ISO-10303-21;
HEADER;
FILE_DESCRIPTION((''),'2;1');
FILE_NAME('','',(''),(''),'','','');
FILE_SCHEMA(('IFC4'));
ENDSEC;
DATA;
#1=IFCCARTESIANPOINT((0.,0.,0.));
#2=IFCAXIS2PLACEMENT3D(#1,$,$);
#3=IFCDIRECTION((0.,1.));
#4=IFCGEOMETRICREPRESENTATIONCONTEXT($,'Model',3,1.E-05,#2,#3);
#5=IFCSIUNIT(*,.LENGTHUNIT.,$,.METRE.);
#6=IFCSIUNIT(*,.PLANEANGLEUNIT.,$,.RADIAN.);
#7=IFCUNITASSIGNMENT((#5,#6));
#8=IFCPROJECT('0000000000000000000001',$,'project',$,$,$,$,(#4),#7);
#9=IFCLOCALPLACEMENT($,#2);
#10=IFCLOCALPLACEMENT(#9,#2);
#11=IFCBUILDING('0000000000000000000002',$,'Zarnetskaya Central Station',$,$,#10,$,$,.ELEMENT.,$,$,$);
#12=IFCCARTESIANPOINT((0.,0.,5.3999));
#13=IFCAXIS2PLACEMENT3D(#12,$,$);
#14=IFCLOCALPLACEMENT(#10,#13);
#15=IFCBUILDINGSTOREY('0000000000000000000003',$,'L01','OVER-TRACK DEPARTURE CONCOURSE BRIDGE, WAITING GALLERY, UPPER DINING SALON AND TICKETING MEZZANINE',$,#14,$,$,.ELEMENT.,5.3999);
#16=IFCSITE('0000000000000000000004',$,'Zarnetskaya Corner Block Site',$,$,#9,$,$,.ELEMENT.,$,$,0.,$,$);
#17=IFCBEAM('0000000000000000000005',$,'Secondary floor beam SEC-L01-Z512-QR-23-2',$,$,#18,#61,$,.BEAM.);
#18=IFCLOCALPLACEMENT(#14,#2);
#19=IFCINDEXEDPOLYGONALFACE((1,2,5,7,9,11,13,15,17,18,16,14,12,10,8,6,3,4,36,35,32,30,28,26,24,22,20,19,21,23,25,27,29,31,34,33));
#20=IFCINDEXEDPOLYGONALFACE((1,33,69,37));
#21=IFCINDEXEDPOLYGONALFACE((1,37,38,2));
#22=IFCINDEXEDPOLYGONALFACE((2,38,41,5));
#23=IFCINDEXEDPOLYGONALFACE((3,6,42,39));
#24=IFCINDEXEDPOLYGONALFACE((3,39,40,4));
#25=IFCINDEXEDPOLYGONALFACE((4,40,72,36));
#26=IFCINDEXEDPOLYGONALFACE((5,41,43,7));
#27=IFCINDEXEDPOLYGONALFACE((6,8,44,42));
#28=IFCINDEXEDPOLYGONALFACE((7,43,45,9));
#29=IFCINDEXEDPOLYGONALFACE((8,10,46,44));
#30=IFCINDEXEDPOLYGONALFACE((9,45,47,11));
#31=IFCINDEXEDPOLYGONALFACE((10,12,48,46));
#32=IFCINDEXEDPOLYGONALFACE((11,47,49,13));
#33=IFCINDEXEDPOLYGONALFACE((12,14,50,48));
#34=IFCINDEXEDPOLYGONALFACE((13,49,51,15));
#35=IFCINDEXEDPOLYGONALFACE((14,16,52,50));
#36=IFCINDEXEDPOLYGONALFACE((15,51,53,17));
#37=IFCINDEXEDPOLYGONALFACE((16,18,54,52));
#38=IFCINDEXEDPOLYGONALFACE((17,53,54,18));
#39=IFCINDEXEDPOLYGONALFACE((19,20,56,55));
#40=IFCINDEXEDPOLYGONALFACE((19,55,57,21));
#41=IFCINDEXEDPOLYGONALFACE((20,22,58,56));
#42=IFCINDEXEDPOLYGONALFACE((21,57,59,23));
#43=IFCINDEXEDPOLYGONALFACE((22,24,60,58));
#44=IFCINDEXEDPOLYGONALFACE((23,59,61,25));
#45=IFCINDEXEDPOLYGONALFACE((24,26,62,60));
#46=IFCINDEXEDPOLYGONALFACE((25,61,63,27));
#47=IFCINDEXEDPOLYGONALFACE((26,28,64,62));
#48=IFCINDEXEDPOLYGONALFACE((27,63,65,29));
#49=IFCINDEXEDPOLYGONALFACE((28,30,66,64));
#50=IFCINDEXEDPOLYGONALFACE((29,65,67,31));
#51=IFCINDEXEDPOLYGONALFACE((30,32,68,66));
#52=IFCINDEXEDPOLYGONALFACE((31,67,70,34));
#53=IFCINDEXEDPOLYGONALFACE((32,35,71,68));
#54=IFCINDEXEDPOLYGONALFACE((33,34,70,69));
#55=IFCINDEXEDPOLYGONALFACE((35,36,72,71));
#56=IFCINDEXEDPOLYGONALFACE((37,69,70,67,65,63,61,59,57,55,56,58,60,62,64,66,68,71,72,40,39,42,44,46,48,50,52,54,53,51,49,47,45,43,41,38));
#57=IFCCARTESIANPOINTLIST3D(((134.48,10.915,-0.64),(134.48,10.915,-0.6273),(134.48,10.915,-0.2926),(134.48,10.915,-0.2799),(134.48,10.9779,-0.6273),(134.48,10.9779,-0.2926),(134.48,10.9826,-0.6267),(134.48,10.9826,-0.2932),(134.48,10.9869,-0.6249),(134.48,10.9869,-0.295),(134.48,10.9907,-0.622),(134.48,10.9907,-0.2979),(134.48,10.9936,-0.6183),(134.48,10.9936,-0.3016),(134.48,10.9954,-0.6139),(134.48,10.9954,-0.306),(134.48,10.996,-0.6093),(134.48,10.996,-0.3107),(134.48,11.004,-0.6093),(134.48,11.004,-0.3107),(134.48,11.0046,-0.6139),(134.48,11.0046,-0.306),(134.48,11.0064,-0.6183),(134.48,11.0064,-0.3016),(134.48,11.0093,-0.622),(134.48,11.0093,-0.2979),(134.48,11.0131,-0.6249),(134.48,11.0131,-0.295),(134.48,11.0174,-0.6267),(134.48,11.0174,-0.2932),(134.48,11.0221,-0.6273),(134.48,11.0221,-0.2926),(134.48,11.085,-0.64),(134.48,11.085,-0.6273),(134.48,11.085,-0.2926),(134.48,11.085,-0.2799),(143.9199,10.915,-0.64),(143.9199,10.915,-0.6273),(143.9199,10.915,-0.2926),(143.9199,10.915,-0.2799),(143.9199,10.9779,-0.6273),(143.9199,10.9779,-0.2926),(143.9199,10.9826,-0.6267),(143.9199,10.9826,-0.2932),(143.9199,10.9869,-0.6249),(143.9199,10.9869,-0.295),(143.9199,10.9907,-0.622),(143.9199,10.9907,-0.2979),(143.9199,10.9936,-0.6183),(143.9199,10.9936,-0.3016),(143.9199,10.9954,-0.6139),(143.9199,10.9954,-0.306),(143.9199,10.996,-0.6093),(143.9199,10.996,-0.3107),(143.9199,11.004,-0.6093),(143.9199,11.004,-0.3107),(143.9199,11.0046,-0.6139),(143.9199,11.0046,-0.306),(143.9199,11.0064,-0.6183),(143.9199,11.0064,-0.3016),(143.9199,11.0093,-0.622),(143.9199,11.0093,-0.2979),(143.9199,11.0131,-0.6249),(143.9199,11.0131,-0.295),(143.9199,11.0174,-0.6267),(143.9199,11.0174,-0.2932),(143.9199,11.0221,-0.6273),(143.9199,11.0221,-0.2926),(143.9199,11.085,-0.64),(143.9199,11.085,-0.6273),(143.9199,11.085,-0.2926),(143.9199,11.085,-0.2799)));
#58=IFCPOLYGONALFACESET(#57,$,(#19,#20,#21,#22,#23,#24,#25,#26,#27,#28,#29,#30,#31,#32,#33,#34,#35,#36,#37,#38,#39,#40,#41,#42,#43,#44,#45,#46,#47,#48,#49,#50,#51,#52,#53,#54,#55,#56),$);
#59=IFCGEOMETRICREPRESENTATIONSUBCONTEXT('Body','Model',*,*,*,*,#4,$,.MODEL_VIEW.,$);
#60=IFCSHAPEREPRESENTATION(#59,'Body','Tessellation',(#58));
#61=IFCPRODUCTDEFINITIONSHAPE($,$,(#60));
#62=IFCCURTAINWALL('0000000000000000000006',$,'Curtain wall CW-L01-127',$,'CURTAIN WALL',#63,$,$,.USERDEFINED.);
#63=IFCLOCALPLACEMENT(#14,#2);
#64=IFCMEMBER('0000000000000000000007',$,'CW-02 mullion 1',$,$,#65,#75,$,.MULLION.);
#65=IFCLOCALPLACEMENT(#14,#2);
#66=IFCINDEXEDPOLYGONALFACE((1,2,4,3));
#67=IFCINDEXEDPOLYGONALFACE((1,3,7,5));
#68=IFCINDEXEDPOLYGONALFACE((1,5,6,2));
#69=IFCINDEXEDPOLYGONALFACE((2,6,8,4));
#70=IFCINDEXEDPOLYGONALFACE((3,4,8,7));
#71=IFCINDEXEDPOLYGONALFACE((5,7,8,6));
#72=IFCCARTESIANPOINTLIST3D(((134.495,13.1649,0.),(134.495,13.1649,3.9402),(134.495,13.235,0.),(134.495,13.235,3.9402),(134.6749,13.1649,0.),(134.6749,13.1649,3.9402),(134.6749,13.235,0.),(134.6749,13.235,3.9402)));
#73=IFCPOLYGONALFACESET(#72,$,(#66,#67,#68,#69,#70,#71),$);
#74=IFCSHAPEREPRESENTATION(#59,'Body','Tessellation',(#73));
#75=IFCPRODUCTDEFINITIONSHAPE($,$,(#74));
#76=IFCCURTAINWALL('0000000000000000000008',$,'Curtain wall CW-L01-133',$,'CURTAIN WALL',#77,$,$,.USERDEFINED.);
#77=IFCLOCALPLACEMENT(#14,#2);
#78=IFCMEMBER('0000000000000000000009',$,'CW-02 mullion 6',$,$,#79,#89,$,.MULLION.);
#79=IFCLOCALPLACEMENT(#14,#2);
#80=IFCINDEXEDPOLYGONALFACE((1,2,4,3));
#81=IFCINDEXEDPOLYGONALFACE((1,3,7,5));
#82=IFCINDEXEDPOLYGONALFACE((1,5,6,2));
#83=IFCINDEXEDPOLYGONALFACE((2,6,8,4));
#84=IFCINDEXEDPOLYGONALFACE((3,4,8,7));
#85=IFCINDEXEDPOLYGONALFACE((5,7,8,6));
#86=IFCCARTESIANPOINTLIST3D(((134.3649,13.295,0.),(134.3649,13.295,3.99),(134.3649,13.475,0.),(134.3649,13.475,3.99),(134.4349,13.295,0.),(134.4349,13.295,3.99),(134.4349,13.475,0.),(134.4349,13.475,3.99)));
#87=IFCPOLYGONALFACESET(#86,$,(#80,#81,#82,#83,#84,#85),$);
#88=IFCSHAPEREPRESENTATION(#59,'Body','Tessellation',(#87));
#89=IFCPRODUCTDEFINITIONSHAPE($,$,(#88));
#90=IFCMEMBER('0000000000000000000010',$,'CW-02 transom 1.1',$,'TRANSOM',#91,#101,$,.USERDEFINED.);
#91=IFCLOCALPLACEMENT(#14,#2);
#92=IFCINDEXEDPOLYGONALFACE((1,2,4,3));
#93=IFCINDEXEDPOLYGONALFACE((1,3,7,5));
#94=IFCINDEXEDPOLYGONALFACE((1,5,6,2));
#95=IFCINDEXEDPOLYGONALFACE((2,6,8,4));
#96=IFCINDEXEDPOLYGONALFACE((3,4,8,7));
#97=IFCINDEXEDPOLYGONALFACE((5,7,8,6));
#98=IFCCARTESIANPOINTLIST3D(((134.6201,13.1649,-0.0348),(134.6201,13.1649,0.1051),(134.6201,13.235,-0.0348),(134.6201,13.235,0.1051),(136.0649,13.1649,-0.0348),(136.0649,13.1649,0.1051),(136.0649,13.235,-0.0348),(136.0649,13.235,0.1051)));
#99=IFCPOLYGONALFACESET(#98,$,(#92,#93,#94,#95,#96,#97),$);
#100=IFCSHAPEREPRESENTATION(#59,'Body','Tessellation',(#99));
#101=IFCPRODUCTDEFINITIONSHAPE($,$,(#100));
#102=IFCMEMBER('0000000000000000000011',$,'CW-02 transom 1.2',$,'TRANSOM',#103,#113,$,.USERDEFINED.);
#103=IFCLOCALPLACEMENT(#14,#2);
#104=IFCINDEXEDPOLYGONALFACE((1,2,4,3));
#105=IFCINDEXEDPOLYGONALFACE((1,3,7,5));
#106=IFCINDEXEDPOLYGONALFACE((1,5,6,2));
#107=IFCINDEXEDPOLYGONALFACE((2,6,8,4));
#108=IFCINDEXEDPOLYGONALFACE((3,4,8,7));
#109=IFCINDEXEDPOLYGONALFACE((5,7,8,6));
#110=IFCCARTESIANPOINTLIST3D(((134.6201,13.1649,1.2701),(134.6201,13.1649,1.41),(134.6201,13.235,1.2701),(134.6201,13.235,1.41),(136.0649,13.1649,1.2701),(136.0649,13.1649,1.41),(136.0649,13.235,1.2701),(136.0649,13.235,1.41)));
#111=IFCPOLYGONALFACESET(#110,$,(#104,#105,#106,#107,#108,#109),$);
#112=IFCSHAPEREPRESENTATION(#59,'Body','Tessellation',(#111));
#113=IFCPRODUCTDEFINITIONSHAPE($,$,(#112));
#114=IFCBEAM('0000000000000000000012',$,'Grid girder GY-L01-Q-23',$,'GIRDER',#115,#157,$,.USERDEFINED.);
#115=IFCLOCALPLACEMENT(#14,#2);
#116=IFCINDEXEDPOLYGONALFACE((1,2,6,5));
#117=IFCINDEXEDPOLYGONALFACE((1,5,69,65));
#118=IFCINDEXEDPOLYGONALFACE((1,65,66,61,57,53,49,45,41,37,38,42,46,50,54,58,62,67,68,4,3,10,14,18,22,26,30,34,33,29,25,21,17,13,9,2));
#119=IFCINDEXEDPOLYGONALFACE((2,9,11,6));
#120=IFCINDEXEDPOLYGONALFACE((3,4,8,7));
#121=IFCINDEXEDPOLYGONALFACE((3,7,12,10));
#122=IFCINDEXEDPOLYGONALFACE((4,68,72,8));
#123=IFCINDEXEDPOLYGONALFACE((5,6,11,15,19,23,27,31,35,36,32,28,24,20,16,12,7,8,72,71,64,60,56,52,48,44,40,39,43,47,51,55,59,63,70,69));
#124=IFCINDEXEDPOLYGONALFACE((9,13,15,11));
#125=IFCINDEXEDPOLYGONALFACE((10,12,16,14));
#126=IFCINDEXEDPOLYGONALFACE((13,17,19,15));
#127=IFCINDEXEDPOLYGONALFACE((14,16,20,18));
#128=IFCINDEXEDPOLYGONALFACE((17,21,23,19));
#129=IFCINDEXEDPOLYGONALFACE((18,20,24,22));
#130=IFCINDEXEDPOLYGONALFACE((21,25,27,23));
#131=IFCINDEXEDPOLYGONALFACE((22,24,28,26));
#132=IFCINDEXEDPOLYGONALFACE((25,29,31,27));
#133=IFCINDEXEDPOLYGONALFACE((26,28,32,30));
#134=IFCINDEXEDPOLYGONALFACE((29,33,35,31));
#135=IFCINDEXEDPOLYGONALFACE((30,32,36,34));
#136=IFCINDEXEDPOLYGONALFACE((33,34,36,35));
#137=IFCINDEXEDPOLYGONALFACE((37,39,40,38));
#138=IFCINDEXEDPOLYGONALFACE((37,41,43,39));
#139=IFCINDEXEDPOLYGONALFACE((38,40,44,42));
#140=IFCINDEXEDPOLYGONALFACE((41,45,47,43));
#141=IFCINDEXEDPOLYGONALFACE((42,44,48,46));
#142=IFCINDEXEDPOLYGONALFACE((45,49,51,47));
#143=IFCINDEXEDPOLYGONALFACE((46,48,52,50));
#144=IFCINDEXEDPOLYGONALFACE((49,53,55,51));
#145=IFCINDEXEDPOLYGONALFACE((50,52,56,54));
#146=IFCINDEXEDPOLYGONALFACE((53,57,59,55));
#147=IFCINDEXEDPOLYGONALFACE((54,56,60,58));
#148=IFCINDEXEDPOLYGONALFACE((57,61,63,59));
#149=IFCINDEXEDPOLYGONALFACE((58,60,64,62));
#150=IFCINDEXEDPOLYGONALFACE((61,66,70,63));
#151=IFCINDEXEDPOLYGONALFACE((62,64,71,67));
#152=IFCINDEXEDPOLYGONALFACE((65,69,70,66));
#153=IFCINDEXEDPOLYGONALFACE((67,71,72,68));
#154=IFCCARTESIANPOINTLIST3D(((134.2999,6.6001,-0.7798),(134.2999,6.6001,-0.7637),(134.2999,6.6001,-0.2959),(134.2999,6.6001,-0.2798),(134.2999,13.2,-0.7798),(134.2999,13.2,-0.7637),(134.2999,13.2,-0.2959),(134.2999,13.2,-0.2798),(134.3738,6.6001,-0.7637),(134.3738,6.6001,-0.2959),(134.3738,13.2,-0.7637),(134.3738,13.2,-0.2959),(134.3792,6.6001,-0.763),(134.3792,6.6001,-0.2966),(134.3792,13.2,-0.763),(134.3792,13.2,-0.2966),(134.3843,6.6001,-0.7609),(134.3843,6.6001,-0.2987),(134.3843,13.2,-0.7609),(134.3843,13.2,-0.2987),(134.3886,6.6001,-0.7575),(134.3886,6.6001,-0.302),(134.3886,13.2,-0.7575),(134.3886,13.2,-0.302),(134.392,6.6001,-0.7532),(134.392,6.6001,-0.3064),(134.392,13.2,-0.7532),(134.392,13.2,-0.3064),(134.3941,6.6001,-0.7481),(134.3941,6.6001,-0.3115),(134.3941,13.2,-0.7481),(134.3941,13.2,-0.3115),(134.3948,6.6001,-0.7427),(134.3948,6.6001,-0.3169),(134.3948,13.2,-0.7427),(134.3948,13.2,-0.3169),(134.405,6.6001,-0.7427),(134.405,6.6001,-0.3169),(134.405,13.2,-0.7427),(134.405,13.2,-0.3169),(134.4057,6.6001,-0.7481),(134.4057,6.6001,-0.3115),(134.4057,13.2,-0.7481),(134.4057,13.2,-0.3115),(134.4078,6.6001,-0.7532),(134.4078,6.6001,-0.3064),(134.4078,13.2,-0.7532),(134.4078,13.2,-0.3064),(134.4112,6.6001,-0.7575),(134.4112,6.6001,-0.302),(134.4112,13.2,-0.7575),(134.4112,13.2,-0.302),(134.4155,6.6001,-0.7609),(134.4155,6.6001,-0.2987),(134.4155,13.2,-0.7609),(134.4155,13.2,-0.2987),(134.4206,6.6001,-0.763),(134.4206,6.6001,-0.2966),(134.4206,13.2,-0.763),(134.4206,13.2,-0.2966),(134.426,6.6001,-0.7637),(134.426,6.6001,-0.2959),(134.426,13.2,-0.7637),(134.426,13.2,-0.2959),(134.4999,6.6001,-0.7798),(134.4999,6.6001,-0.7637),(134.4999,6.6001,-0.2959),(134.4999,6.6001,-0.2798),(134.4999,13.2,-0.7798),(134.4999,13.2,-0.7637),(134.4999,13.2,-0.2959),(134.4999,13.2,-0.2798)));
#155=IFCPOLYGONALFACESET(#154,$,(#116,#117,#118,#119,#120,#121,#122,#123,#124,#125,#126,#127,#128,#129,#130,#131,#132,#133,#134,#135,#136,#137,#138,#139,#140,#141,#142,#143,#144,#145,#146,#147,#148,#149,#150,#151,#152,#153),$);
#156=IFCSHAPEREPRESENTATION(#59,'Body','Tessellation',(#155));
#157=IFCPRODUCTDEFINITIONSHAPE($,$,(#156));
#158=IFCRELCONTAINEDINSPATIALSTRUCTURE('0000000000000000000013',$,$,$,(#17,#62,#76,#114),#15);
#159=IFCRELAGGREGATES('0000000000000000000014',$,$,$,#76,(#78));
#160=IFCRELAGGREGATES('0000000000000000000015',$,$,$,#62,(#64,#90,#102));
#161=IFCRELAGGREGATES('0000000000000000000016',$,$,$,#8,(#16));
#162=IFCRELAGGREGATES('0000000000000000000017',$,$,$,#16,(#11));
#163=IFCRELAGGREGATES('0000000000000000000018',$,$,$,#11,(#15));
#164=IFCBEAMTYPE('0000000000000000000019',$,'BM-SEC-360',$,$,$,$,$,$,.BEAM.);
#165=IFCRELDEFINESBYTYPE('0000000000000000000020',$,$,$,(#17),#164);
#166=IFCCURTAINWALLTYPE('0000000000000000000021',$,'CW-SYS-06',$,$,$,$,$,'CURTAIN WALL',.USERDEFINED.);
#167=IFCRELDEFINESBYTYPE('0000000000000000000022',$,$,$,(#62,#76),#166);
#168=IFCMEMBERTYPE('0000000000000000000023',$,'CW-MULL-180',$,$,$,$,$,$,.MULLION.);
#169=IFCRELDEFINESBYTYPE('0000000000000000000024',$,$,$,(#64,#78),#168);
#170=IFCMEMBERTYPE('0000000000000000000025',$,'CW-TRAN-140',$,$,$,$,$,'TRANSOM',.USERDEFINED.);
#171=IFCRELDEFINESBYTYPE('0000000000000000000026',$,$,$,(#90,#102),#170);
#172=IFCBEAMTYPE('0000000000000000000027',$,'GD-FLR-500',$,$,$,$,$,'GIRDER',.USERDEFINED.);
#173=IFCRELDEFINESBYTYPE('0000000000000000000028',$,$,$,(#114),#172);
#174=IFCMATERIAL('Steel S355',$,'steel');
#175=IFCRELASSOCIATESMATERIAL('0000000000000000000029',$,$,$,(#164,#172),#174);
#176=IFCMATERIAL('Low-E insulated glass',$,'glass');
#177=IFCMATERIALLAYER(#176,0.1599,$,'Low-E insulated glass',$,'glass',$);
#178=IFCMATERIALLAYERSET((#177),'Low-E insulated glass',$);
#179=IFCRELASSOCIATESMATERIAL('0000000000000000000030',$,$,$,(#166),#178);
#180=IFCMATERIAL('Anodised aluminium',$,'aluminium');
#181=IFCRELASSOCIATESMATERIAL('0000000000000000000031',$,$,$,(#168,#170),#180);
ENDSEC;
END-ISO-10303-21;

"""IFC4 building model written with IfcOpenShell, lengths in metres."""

from ifc_helpers import new_model, si_unit, direction, frame, origin, origin_2d, place, context, subcontext, project, spatial, rectangle, i_section, extrude, material, layer, layer_set, material_profile, profile_set, type_object, element, aggregate, save


model = new_model("IFC4")

# Units and contexts
model_context = context("Model", 3, precision=1e-05, world=origin(), true_north=direction((0.0, 1.0)))
body_context = subcontext(model_context, "Body", "Model", "MODEL_VIEW")
ifc_project = project(units=[si_unit("LENGTHUNIT", "METRE"), si_unit("PLANEANGLEUNIT", "RADIAN")], contexts=[model_context])

# Site, building, storey
site_placement = place(None, origin())
site = spatial("IfcSite", under=ifc_project, at=site_placement, Name="Zarnetskaya Corner Block Site", CompositionType="ELEMENT", RefElevation=0.0)
building_placement = place(site_placement, origin())
building = spatial("IfcBuilding", under=site, at=building_placement, Name="Zarnetskaya Central Station", CompositionType="ELEMENT")
storey_placement = place(building_placement, frame((0.0, 0.0, 5.3999)))
storey = spatial("IfcBuildingStorey", under=building, at=storey_placement, Name="L01", Description="OVER-TRACK DEPARTURE CONCOURSE BRIDGE, WAITING GALLERY, UPPER DINING SALON AND TICKETING MEZZANINE", CompositionType="ELEMENT", Elevation=5.3999)

# Shared definitions
ifc_material_1 = material(Name="Steel S355", Category="steel")

# Beam
ifc_material_profile_1 = material_profile(ifc_material_1, i_section(OverallWidth=0.1699, OverallDepth=0.3601, WebThickness=0.0081, FlangeThickness=0.0127, FilletRadius=0.0181, at=origin_2d()), Name="IPE 360")
ifc_profile_set_1 = profile_set([ifc_material_profile_1], Name="Steel S355")
beam_type_1 = type_object("IfcBeamType", Name="BM-SEC-360", PredefinedType="BEAM", material=ifc_profile_set_1)
for number, where, z_axis, x_axis, name in (
    (1, (134.48, 11.0, -0.46), (1.0, 0.0, 0.0), (0.0, 1.0, 0.0), "Secondary floor beam SEC-L01-Z512-QR-23-2"),
):
    element("IfcBeam", number, at=place(storey_placement, frame(where, z_axis=z_axis, x_axis=x_axis)), inside=storey, type_object=beam_type_1, Name=name, PredefinedType="BEAM", context=body_context, shape_type="SweptSolid", body=[
        extrude(i_section(OverallWidth=0.1699, OverallDepth=0.3601, WebThickness=0.0081, FlangeThickness=0.0127, FilletRadius=0.0181, at=origin_2d()), origin(), (0.0, 0.0, 1.0), 9.4399),
    ])

# Curtain walls, members
ifc_material_2 = material(Name="Low-E insulated glass", Category="glass")
ifc_layer_1 = layer(ifc_material_2, 0.1599, Name="Low-E insulated glass", Category="glass")
ifc_layer_set_1 = layer_set([ifc_layer_1], Name="Low-E insulated glass")
curtain_wall_type = type_object("IfcCurtainWallType", Name="CW-SYS-06", ElementType="CURTAIN WALL", PredefinedType="USERDEFINED", material=ifc_layer_set_1)
curtain_wall_1_placement = place(storey_placement, origin())
curtain_wall_1 = element("IfcCurtainWall", 2, at=curtain_wall_1_placement, inside=storey, type_object=curtain_wall_type, Name="Curtain wall CW-L01-127", ObjectType="CURTAIN WALL", PredefinedType="USERDEFINED")
ifc_material_3 = material(Name="Anodised aluminium", Category="aluminium")
ifc_material_profile_2 = material_profile(ifc_material_3, rectangle(XDim=0.0701, YDim=0.1799, at=origin_2d()), Name="ALU MULL 70x180")
ifc_profile_set_2 = profile_set([ifc_material_profile_2], Name="Anodised aluminium")
member_type_1 = type_object("IfcMemberType", Name="CW-MULL-180", PredefinedType="MULLION", material=ifc_profile_set_2)
member_1_placement = place(storey_placement, frame((134.585, 13.2, 0.0), z_axis=(0.0, 0.0, 1.0), x_axis=(0.0, 1.0, 0.0)))
member_1 = element("IfcMember", 3, at=member_1_placement, type_object=member_type_1, Name="CW-02 mullion 1", PredefinedType="MULLION", context=body_context, shape_type="SweptSolid", body=[
    extrude(rectangle(XDim=0.0701, YDim=0.1799, at=origin_2d()), origin(), (0.0, 0.0, 1.0), 3.9402),
])
curtain_wall_2_placement = place(storey_placement, origin())
curtain_wall_2 = element("IfcCurtainWall", 4, at=curtain_wall_2_placement, inside=storey, type_object=curtain_wall_type, Name="Curtain wall CW-L01-133", ObjectType="CURTAIN WALL", PredefinedType="USERDEFINED")
member_2_placement = place(storey_placement, frame((134.3999, 13.385, 0.0), z_axis=(0.0, 0.0, 1.0), x_axis=(1.0, 0.0, 0.0)))
member_2 = element("IfcMember", 5, at=member_2_placement, type_object=member_type_1, Name="CW-02 mullion 6", PredefinedType="MULLION", context=body_context, shape_type="SweptSolid", body=[
    extrude(rectangle(XDim=0.0701, YDim=0.1799, at=origin_2d()), origin(), (0.0, 0.0, 1.0), 3.99),
])
aggregate(curtain_wall_2, [member_2])

# Members
ifc_material_profile_3 = material_profile(ifc_material_3, rectangle(XDim=0.0701, YDim=0.1399, at=origin_2d()), Name="ALU TRAN 70x140")
ifc_profile_set_3 = profile_set([ifc_material_profile_3], Name="Anodised aluminium")
member_type_2 = type_object("IfcMemberType", Name="CW-TRAN-140", ElementType="TRANSOM", PredefinedType="USERDEFINED", material=ifc_profile_set_3)
member_3_placement = place(storey_placement, frame((134.6201, 13.2, 0.0352), z_axis=(1.0, 0.0, 0.0), x_axis=(0.0, 1.0, 0.0)))
member_3 = element("IfcMember", 6, at=member_3_placement, type_object=member_type_2, Name="CW-02 transom 1.1", ObjectType="TRANSOM", PredefinedType="USERDEFINED", context=body_context, shape_type="SweptSolid", body=[
    extrude(rectangle(XDim=0.0701, YDim=0.1399, at=origin_2d()), origin(), (0.0, 0.0, 1.0), 1.4448),
])
member_4_placement = place(storey_placement, frame((134.6201, 13.2, 1.3401), z_axis=(1.0, 0.0, 0.0), x_axis=(0.0, 1.0, 0.0)))
member_4 = element("IfcMember", 7, at=member_4_placement, type_object=member_type_2, Name="CW-02 transom 1.2", ObjectType="TRANSOM", PredefinedType="USERDEFINED", context=body_context, shape_type="SweptSolid", body=[
    extrude(rectangle(XDim=0.0701, YDim=0.1399, at=origin_2d()), origin(), (0.0, 0.0, 1.0), 1.4448),
])
aggregate(curtain_wall_1, [member_1, member_3, member_4])

# Beam
ifc_material_profile_4 = material_profile(ifc_material_1, i_section(OverallWidth=0.2, OverallDepth=0.5, WebThickness=0.0103, FlangeThickness=0.0161, FilletRadius=0.021, at=origin_2d()), Name="IPE 500")
ifc_profile_set_4 = profile_set([ifc_material_profile_4], Name="Steel S355")
beam_type_2 = type_object("IfcBeamType", Name="GD-FLR-500", ElementType="GIRDER", PredefinedType="USERDEFINED", material=ifc_profile_set_4)
beam_1_placement = place(storey_placement, frame((134.3999, 6.6001, -0.5298), z_axis=(0.0, 1.0, 0.0), x_axis=(-1.0, 0.0, 0.0)))
element("IfcBeam", 8, at=beam_1_placement, inside=storey, type_object=beam_type_2, Name="Grid girder GY-L01-Q-23", ObjectType="GIRDER", PredefinedType="USERDEFINED", context=body_context, shape_type="SweptSolid", body=[
    extrude(i_section(OverallWidth=0.2, OverallDepth=0.5, WebThickness=0.0103, FlangeThickness=0.0161, FilletRadius=0.021, at=origin_2d()), origin(), (0.0, 0.0, 1.0), 6.5999),
])

save(model, "model.ifc")
